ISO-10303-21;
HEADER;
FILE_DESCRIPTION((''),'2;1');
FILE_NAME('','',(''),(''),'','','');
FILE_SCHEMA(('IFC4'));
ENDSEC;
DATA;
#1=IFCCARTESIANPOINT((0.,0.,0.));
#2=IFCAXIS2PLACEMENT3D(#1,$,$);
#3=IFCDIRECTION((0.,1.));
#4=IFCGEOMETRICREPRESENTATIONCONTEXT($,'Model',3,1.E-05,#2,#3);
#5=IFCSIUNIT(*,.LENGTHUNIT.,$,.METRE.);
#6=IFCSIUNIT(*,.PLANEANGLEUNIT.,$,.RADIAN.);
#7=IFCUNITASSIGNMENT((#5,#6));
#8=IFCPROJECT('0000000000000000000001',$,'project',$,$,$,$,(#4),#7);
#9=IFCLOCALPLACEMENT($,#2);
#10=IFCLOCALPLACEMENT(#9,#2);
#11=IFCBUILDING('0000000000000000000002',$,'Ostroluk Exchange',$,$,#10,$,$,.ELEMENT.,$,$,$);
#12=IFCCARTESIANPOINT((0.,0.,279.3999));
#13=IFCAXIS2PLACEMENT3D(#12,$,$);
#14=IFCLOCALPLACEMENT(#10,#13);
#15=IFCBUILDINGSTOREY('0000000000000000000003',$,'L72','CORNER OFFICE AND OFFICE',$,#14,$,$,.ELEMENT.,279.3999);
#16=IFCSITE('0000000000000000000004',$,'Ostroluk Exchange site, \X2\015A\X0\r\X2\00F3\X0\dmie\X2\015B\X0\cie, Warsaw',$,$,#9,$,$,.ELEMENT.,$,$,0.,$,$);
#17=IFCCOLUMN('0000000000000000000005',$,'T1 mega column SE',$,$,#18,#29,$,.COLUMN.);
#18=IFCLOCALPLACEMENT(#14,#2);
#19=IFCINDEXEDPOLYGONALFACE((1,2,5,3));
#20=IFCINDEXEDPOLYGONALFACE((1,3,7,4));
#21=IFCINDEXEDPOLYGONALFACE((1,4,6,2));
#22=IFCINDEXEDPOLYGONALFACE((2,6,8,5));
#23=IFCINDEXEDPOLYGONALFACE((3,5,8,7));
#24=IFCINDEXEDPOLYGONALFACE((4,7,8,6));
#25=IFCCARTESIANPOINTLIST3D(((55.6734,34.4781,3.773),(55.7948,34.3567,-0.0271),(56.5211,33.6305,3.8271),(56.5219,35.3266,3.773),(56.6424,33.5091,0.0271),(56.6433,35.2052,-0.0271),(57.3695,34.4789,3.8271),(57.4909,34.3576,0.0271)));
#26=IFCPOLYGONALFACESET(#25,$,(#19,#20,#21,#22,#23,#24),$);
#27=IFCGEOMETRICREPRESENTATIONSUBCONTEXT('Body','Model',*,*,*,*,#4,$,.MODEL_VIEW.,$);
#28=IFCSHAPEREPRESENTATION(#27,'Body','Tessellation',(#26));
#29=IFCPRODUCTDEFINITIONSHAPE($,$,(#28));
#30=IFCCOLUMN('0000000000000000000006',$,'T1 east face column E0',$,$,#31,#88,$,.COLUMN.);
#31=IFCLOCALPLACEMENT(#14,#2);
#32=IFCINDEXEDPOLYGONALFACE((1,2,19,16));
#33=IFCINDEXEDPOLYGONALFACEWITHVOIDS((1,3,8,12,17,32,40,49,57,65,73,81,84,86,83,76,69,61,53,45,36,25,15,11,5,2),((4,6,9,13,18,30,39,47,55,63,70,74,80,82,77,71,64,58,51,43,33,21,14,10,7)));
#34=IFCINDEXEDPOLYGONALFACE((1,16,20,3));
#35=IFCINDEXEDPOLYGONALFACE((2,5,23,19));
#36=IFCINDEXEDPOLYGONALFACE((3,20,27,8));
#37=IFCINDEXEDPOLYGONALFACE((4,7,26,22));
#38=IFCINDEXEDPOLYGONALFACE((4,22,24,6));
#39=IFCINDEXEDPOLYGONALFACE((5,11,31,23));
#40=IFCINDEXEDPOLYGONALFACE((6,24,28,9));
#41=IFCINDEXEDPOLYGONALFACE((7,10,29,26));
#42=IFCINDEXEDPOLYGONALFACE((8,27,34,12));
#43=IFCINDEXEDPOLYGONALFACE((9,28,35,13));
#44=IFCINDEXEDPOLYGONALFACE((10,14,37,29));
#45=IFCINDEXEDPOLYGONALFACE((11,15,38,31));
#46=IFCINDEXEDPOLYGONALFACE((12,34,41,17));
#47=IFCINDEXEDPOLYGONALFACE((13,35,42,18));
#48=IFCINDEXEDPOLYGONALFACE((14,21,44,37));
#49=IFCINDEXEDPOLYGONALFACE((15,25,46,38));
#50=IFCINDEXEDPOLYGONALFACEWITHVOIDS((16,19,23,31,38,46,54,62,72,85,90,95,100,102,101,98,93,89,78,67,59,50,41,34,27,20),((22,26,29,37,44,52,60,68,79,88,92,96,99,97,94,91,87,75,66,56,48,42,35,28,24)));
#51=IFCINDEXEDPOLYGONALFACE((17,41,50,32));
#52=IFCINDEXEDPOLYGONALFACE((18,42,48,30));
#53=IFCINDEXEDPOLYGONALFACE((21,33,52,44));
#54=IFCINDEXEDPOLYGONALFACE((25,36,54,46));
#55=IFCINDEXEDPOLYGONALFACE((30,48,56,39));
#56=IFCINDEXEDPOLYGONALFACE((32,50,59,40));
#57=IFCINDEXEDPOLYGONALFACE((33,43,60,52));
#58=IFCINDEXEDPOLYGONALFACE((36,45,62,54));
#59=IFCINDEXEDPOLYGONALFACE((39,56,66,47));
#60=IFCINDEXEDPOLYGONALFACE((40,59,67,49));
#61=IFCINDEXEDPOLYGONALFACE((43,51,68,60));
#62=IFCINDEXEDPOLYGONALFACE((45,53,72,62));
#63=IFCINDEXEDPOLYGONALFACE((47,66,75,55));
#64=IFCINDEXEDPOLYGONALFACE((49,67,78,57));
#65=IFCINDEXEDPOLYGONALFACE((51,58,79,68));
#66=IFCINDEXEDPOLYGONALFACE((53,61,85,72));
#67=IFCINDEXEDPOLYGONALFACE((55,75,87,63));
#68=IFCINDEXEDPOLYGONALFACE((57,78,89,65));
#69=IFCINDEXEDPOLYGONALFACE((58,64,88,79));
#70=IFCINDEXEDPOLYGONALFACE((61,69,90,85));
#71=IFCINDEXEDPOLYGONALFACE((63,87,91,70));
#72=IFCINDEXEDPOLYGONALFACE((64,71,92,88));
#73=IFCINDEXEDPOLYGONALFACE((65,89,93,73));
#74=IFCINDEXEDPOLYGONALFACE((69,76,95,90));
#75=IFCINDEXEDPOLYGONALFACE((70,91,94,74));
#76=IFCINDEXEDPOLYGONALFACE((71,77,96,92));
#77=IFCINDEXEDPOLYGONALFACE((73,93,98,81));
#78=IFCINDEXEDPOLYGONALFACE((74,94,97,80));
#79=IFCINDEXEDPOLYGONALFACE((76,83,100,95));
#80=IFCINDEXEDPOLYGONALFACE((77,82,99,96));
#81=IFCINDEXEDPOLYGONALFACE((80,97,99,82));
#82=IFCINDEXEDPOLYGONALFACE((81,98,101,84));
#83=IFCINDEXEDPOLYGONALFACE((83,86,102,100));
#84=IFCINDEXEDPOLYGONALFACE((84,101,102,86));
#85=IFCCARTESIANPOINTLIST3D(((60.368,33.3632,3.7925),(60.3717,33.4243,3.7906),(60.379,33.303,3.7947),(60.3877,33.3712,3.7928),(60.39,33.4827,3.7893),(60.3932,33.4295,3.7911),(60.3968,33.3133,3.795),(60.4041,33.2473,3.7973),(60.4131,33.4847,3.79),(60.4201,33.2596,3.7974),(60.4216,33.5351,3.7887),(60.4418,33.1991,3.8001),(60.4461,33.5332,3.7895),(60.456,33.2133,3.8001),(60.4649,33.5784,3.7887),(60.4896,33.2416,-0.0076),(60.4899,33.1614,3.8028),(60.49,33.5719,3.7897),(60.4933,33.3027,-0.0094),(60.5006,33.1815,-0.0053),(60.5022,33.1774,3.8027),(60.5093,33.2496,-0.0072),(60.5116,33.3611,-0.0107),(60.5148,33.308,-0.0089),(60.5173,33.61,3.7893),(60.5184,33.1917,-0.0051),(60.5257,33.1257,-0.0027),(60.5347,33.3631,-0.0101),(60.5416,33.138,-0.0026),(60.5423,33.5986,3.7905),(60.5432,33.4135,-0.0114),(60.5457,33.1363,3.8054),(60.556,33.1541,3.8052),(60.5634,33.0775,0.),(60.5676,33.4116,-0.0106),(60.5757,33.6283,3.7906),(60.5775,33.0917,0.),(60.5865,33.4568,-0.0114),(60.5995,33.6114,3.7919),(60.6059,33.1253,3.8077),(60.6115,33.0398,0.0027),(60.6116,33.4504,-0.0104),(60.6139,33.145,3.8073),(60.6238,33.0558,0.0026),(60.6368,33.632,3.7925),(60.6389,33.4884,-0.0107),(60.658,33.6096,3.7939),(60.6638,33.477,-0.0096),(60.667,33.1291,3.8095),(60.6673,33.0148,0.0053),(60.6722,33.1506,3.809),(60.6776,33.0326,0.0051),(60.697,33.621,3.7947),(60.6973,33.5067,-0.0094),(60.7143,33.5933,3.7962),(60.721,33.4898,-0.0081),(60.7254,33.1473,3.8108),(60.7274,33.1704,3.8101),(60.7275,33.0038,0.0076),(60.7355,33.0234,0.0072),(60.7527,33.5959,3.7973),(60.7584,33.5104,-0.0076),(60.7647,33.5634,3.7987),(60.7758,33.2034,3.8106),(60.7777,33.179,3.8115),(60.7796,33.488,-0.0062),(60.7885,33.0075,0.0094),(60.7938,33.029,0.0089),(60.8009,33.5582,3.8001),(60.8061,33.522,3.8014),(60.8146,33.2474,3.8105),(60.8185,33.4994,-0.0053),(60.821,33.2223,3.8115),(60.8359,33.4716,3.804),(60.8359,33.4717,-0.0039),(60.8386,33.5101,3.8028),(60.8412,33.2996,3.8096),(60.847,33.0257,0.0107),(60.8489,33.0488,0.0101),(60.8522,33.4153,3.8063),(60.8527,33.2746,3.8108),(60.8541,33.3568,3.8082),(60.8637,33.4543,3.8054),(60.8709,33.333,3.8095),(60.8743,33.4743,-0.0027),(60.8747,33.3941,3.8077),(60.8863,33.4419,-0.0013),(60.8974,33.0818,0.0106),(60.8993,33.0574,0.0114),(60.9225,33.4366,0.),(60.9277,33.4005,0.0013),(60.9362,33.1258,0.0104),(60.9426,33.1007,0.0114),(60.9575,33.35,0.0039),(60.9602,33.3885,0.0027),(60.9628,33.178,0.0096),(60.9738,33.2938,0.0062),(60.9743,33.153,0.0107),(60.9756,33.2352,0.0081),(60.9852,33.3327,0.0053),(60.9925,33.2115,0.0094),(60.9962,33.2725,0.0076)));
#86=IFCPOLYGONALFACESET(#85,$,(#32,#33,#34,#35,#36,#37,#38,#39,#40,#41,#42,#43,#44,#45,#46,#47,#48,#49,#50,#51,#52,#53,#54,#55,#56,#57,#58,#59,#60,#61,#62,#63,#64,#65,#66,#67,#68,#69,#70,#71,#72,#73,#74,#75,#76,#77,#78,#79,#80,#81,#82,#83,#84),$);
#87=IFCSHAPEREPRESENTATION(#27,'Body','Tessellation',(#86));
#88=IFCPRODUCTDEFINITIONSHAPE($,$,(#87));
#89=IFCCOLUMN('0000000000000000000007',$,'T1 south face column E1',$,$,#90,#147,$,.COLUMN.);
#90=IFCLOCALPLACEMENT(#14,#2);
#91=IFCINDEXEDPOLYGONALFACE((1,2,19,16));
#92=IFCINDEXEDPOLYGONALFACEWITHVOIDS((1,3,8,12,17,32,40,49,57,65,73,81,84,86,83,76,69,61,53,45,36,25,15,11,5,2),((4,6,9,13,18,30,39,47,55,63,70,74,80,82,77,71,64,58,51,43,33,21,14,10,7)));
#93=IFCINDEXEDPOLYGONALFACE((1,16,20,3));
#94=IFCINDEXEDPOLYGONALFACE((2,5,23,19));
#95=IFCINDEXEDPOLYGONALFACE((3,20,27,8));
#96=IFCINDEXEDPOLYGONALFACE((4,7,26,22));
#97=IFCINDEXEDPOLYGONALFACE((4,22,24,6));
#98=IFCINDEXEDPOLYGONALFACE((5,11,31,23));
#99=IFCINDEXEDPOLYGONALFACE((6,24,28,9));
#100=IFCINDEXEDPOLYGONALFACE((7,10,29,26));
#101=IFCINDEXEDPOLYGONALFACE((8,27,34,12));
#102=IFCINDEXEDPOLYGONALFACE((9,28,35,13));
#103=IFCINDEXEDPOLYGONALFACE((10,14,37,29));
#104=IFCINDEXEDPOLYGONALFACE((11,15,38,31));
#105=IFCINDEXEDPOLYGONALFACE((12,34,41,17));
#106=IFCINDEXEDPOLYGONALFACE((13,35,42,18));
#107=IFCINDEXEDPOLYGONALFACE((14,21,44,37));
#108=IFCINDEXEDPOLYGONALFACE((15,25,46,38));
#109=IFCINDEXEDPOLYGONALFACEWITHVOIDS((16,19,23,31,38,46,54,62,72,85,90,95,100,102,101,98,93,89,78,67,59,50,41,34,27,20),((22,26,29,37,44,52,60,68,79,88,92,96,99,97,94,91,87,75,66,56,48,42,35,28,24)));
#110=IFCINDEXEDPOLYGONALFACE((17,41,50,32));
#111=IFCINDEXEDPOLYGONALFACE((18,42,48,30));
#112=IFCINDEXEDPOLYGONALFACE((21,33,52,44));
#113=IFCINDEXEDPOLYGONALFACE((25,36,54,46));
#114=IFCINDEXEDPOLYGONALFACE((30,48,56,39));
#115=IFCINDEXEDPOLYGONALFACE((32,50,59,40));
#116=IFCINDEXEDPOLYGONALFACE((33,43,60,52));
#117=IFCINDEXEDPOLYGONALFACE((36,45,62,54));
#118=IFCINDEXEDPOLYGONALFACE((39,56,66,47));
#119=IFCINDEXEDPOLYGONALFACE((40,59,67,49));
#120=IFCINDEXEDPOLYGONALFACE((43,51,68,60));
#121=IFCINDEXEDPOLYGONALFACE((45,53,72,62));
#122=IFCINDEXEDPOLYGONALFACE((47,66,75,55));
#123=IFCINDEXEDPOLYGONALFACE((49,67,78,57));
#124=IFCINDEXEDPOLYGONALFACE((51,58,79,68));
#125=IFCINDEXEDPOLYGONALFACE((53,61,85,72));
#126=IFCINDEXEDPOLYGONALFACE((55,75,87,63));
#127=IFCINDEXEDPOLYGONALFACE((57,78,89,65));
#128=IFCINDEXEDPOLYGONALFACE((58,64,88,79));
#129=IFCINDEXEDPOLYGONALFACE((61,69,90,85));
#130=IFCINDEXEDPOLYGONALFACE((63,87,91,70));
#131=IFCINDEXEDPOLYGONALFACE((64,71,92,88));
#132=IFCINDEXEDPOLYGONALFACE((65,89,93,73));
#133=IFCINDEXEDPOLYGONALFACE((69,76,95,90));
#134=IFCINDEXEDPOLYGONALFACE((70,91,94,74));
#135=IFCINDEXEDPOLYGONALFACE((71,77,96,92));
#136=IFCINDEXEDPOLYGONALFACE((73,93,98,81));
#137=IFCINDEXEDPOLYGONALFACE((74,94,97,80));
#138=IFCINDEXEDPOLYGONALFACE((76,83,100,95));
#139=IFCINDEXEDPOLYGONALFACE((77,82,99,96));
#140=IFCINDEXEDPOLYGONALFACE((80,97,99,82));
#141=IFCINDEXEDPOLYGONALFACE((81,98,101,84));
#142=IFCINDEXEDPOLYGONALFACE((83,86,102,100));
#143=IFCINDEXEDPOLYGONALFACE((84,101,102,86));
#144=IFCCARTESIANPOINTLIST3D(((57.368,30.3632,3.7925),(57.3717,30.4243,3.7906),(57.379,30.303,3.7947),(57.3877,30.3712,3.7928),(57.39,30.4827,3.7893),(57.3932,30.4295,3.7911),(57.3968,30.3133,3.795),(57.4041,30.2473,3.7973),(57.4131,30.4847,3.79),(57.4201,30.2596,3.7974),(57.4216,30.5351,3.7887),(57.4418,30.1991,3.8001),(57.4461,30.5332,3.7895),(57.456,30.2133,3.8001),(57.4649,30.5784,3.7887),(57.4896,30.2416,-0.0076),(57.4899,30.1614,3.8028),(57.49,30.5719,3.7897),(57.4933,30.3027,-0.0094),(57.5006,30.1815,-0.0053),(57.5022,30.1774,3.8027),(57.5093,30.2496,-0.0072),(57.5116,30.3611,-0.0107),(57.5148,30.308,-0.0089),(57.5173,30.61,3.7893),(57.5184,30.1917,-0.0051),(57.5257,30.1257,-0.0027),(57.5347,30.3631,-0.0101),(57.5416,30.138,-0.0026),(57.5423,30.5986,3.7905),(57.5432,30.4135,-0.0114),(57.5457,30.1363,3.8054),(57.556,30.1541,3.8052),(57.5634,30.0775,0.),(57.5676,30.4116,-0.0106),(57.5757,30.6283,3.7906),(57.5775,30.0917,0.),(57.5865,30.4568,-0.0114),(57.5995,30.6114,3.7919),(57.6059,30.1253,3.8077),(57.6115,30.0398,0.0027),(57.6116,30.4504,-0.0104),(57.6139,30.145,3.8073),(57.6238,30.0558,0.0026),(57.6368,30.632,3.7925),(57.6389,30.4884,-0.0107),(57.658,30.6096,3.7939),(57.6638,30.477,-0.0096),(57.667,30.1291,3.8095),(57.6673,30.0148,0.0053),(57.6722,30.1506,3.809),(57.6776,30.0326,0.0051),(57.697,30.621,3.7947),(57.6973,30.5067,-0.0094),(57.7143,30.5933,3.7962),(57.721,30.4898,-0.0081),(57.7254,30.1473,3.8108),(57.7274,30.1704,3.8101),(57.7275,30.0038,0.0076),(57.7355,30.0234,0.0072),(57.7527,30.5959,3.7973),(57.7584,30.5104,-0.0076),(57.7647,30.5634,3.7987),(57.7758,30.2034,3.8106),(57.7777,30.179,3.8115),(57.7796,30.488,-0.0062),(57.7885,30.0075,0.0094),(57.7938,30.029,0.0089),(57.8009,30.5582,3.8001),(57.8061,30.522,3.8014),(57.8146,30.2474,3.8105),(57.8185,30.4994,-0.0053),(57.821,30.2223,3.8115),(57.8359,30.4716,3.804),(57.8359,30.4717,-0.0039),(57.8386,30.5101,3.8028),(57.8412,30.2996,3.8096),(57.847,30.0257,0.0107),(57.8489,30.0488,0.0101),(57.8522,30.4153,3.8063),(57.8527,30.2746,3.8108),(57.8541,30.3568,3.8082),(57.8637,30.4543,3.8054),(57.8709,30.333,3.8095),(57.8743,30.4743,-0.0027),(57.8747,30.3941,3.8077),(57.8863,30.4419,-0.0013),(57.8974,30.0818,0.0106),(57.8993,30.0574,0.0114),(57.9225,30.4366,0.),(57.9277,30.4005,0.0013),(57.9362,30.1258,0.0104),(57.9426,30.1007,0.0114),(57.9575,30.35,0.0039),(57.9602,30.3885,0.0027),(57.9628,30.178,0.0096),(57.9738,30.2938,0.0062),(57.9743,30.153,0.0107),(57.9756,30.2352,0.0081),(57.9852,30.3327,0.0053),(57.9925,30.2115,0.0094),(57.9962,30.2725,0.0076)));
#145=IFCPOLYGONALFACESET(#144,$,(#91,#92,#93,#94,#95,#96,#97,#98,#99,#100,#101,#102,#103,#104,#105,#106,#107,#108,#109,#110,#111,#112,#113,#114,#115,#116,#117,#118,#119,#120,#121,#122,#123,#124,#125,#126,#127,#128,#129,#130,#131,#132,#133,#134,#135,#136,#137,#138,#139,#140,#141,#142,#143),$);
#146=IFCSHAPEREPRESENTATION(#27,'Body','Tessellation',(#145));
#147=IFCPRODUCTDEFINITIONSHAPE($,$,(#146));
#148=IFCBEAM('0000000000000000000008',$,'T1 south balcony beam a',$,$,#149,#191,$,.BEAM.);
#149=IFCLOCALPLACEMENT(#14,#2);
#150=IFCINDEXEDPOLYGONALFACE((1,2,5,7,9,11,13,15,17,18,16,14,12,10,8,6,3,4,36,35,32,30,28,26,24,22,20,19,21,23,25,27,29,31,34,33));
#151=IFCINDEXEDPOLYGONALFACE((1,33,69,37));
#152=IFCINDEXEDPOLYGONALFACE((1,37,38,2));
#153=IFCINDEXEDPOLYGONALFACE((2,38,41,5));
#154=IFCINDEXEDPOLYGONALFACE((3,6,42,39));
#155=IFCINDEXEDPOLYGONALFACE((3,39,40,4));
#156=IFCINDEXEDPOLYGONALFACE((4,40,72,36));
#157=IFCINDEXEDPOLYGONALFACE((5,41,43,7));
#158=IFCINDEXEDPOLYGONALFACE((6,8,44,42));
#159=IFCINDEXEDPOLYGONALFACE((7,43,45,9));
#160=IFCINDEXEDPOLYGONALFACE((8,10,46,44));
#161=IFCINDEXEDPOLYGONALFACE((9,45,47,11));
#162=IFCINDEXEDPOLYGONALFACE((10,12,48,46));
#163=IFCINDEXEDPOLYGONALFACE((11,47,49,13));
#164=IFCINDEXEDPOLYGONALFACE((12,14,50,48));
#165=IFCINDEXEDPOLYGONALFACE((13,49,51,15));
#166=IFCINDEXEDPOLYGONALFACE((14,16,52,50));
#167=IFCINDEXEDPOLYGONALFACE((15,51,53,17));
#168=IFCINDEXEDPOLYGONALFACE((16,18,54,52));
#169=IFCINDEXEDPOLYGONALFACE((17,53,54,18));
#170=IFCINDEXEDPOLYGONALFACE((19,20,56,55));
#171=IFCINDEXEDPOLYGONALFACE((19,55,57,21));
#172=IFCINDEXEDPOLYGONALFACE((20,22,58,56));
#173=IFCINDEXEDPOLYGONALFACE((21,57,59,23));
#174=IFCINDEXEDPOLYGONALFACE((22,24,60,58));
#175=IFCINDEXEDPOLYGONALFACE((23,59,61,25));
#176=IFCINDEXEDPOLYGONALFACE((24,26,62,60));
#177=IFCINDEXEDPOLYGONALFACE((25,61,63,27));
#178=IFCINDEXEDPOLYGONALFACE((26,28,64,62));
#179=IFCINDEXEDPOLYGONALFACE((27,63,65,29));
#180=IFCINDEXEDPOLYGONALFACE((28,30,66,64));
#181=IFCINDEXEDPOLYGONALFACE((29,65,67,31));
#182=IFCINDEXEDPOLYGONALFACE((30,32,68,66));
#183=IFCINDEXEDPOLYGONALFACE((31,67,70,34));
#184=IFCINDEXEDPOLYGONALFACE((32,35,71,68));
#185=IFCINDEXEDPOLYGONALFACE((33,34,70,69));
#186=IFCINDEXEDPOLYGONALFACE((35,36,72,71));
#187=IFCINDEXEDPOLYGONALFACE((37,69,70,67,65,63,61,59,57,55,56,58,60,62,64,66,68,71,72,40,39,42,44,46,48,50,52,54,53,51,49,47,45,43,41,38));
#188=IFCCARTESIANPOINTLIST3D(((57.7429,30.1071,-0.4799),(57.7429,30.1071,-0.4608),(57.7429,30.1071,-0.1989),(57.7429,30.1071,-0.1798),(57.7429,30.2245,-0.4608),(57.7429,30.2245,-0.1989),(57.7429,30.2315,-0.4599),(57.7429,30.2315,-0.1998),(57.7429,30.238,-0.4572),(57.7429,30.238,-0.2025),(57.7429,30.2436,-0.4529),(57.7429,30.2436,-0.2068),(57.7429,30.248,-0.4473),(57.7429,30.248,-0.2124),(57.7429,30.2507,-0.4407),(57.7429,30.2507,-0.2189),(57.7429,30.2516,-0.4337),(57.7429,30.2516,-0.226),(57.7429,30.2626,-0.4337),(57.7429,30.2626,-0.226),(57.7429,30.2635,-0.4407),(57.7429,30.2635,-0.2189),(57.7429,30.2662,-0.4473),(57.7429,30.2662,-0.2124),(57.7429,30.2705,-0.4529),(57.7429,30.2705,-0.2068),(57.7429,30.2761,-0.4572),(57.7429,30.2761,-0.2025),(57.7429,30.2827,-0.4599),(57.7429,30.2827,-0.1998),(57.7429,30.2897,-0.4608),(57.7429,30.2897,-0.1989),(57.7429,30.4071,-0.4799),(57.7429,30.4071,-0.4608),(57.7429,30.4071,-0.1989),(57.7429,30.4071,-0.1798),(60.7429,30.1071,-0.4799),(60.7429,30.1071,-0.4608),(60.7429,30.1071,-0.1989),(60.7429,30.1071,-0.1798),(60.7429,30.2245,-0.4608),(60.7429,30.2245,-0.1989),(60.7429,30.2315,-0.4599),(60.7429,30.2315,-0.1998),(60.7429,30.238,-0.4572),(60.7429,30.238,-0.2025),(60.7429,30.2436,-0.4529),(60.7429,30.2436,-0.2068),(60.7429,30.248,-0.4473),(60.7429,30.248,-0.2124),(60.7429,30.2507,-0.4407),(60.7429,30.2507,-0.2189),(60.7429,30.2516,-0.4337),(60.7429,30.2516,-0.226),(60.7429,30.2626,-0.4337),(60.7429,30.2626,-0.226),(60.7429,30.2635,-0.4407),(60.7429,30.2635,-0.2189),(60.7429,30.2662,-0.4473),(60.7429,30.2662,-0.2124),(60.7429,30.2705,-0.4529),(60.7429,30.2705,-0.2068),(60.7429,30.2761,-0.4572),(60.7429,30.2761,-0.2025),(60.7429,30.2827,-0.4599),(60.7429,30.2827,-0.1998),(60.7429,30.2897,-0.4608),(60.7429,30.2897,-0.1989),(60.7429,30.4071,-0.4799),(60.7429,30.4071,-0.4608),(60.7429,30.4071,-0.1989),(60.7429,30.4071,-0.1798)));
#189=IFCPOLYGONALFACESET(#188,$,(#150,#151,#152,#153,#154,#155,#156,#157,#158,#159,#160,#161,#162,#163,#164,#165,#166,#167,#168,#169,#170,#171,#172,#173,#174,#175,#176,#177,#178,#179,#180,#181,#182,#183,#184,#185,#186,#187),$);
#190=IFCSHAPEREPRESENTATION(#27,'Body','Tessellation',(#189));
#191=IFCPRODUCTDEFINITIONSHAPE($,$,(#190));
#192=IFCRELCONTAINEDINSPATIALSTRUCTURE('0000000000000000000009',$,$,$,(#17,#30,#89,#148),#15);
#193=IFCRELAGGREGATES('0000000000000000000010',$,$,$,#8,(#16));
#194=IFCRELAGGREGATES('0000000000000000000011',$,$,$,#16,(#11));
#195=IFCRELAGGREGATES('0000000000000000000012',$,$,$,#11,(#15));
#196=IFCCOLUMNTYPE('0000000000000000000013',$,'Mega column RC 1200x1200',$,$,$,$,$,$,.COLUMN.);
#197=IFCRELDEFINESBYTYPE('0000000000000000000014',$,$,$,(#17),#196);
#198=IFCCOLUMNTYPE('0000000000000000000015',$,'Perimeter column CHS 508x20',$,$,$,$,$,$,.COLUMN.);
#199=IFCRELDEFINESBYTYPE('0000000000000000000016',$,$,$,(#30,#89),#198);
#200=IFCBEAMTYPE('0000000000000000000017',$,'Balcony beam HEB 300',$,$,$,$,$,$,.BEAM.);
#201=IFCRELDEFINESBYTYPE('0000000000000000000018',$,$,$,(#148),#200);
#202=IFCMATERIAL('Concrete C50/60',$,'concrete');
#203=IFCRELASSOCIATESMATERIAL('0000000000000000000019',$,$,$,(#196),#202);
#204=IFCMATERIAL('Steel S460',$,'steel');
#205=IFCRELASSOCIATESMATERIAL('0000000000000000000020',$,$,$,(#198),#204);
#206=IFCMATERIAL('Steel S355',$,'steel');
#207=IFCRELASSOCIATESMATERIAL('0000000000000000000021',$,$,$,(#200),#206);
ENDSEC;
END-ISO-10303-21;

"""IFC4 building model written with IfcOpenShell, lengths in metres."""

from ifc_helpers import new_model, si_unit, direction, frame, origin, origin_2d, place, context, subcontext, project, spatial, rectangle, hollow_circle, i_section, extrude, material, material_profile, profile_set, type_object, element, save


model = new_model("IFC4")

# Units and contexts
model_context = context("Model", 3, precision=1e-05, world=origin(), true_north=direction((0.0, 1.0)))
body_context = subcontext(model_context, "Body", "Model", "MODEL_VIEW")
ifc_project = project(units=[si_unit("LENGTHUNIT", "METRE"), si_unit("PLANEANGLEUNIT", "RADIAN")], contexts=[model_context])

# Site, building, storey
site_placement = place(None, origin())
site = spatial("IfcSite", under=ifc_project, at=site_placement, Name="Ostroluk Exchange site, Śródmieście, Warsaw", CompositionType="ELEMENT", RefElevation=0.0)
building_placement = place(site_placement, origin())
building = spatial("IfcBuilding", under=site, at=building_placement, Name="Ostroluk Exchange", CompositionType="ELEMENT")
storey_placement = place(building_placement, frame((0.0, 0.0, 279.3999)))
storey = spatial("IfcBuildingStorey", under=building, at=storey_placement, Name="L72", Description="CORNER OFFICE AND OFFICE", CompositionType="ELEMENT", Elevation=279.3999)

# Columns
ifc_material_1 = material(Name="Concrete C50/60", Category="concrete")
ifc_material_profile_1 = material_profile(ifc_material_1, rectangle(XDim=1.2, YDim=1.2, at=origin_2d()), Name="RC 1200x1200")
ifc_profile_set_1 = profile_set([ifc_material_profile_1], Name="Concrete C50/60")
column_type_1 = type_object("IfcColumnType", Name="Mega column RC 1200x1200", PredefinedType="COLUMN", material=ifc_profile_set_1)
column_placement = place(storey_placement, frame((56.6428, 34.3572, 0.0), z_axis=(-0.031898, 0.031898, 0.998982), x_axis=(-0.707107, -0.707107, 0.0)))
element("IfcColumn", 1, at=column_placement, inside=storey, type_object=column_type_1, Name="T1 mega column SE", PredefinedType="COLUMN", context=body_context, shape_type="SweptSolid", body=[
    extrude(rectangle(XDim=1.2, YDim=1.2, at=origin_2d()), origin(), (0.0, 0.0, 1.0), 3.804),
])
ifc_material_2 = material(Name="Steel S460", Category="steel")
ifc_material_profile_2 = material_profile(ifc_material_2, hollow_circle(Radius=0.2539, WallThickness=0.02, at=origin_2d()), Name="CHS 508x20")
ifc_profile_set_2 = profile_set([ifc_material_profile_2], Name="Steel S460")
column_type_2 = type_object("IfcColumnType", Name="Perimeter column CHS 508x20", PredefinedType="COLUMN", material=ifc_profile_set_2)
for number, where, z_axis, x_axis, name in (
    (2, (60.7429, 33.2571, 0.0), (-0.031962, 0.031962, 0.998978), (-0.707107, -0.707107, 0.0), "T1 east face column E0"),
    (3, (57.7429, 30.2571, 0.0), (-0.031962, 0.031962, 0.998978), (-0.707107, -0.707107, 0.0), "T1 south face column E1"),
):
    element("IfcColumn", number, at=place(storey_placement, frame(where, z_axis=z_axis, x_axis=x_axis)), inside=storey, type_object=column_type_2, Name=name, PredefinedType="COLUMN", context=body_context, shape_type="SweptSolid", body=[
        extrude(hollow_circle(Radius=0.2539, WallThickness=0.02, at=origin_2d()), origin(), (0.0, 0.0, 1.0), 3.804),
    ])

# Beam
ifc_material_3 = material(Name="Steel S355", Category="steel")
ifc_material_profile_3 = material_profile(ifc_material_3, i_section(OverallWidth=0.3, OverallDepth=0.3, WebThickness=0.011, FlangeThickness=0.019, FilletRadius=0.0271, at=origin_2d()), Name="HEB 300")
ifc_profile_set_3 = profile_set([ifc_material_profile_3], Name="Steel S355")
beam_type_1 = type_object("IfcBeamType", Name="Balcony beam HEB 300", PredefinedType="BEAM", material=ifc_profile_set_3)
for number, where, z_axis, x_axis, name in (
    (4, (57.7429, 30.2571, -0.3298), (1.0, 0.0, 0.0), (0.0, 1.0, 0.0), "T1 south balcony beam a"),
):
    element("IfcBeam", number, at=place(storey_placement, frame(where, z_axis=z_axis, x_axis=x_axis)), inside=storey, type_object=beam_type_1, Name=name, PredefinedType="BEAM", context=body_context, shape_type="SweptSolid", body=[
        extrude(i_section(OverallWidth=0.3, OverallDepth=0.3, WebThickness=0.011, FlangeThickness=0.019, FilletRadius=0.0271, at=origin_2d()), origin(), (0.0, 0.0, 1.0), 3.0),
    ])

save(model, "model.ifc")
